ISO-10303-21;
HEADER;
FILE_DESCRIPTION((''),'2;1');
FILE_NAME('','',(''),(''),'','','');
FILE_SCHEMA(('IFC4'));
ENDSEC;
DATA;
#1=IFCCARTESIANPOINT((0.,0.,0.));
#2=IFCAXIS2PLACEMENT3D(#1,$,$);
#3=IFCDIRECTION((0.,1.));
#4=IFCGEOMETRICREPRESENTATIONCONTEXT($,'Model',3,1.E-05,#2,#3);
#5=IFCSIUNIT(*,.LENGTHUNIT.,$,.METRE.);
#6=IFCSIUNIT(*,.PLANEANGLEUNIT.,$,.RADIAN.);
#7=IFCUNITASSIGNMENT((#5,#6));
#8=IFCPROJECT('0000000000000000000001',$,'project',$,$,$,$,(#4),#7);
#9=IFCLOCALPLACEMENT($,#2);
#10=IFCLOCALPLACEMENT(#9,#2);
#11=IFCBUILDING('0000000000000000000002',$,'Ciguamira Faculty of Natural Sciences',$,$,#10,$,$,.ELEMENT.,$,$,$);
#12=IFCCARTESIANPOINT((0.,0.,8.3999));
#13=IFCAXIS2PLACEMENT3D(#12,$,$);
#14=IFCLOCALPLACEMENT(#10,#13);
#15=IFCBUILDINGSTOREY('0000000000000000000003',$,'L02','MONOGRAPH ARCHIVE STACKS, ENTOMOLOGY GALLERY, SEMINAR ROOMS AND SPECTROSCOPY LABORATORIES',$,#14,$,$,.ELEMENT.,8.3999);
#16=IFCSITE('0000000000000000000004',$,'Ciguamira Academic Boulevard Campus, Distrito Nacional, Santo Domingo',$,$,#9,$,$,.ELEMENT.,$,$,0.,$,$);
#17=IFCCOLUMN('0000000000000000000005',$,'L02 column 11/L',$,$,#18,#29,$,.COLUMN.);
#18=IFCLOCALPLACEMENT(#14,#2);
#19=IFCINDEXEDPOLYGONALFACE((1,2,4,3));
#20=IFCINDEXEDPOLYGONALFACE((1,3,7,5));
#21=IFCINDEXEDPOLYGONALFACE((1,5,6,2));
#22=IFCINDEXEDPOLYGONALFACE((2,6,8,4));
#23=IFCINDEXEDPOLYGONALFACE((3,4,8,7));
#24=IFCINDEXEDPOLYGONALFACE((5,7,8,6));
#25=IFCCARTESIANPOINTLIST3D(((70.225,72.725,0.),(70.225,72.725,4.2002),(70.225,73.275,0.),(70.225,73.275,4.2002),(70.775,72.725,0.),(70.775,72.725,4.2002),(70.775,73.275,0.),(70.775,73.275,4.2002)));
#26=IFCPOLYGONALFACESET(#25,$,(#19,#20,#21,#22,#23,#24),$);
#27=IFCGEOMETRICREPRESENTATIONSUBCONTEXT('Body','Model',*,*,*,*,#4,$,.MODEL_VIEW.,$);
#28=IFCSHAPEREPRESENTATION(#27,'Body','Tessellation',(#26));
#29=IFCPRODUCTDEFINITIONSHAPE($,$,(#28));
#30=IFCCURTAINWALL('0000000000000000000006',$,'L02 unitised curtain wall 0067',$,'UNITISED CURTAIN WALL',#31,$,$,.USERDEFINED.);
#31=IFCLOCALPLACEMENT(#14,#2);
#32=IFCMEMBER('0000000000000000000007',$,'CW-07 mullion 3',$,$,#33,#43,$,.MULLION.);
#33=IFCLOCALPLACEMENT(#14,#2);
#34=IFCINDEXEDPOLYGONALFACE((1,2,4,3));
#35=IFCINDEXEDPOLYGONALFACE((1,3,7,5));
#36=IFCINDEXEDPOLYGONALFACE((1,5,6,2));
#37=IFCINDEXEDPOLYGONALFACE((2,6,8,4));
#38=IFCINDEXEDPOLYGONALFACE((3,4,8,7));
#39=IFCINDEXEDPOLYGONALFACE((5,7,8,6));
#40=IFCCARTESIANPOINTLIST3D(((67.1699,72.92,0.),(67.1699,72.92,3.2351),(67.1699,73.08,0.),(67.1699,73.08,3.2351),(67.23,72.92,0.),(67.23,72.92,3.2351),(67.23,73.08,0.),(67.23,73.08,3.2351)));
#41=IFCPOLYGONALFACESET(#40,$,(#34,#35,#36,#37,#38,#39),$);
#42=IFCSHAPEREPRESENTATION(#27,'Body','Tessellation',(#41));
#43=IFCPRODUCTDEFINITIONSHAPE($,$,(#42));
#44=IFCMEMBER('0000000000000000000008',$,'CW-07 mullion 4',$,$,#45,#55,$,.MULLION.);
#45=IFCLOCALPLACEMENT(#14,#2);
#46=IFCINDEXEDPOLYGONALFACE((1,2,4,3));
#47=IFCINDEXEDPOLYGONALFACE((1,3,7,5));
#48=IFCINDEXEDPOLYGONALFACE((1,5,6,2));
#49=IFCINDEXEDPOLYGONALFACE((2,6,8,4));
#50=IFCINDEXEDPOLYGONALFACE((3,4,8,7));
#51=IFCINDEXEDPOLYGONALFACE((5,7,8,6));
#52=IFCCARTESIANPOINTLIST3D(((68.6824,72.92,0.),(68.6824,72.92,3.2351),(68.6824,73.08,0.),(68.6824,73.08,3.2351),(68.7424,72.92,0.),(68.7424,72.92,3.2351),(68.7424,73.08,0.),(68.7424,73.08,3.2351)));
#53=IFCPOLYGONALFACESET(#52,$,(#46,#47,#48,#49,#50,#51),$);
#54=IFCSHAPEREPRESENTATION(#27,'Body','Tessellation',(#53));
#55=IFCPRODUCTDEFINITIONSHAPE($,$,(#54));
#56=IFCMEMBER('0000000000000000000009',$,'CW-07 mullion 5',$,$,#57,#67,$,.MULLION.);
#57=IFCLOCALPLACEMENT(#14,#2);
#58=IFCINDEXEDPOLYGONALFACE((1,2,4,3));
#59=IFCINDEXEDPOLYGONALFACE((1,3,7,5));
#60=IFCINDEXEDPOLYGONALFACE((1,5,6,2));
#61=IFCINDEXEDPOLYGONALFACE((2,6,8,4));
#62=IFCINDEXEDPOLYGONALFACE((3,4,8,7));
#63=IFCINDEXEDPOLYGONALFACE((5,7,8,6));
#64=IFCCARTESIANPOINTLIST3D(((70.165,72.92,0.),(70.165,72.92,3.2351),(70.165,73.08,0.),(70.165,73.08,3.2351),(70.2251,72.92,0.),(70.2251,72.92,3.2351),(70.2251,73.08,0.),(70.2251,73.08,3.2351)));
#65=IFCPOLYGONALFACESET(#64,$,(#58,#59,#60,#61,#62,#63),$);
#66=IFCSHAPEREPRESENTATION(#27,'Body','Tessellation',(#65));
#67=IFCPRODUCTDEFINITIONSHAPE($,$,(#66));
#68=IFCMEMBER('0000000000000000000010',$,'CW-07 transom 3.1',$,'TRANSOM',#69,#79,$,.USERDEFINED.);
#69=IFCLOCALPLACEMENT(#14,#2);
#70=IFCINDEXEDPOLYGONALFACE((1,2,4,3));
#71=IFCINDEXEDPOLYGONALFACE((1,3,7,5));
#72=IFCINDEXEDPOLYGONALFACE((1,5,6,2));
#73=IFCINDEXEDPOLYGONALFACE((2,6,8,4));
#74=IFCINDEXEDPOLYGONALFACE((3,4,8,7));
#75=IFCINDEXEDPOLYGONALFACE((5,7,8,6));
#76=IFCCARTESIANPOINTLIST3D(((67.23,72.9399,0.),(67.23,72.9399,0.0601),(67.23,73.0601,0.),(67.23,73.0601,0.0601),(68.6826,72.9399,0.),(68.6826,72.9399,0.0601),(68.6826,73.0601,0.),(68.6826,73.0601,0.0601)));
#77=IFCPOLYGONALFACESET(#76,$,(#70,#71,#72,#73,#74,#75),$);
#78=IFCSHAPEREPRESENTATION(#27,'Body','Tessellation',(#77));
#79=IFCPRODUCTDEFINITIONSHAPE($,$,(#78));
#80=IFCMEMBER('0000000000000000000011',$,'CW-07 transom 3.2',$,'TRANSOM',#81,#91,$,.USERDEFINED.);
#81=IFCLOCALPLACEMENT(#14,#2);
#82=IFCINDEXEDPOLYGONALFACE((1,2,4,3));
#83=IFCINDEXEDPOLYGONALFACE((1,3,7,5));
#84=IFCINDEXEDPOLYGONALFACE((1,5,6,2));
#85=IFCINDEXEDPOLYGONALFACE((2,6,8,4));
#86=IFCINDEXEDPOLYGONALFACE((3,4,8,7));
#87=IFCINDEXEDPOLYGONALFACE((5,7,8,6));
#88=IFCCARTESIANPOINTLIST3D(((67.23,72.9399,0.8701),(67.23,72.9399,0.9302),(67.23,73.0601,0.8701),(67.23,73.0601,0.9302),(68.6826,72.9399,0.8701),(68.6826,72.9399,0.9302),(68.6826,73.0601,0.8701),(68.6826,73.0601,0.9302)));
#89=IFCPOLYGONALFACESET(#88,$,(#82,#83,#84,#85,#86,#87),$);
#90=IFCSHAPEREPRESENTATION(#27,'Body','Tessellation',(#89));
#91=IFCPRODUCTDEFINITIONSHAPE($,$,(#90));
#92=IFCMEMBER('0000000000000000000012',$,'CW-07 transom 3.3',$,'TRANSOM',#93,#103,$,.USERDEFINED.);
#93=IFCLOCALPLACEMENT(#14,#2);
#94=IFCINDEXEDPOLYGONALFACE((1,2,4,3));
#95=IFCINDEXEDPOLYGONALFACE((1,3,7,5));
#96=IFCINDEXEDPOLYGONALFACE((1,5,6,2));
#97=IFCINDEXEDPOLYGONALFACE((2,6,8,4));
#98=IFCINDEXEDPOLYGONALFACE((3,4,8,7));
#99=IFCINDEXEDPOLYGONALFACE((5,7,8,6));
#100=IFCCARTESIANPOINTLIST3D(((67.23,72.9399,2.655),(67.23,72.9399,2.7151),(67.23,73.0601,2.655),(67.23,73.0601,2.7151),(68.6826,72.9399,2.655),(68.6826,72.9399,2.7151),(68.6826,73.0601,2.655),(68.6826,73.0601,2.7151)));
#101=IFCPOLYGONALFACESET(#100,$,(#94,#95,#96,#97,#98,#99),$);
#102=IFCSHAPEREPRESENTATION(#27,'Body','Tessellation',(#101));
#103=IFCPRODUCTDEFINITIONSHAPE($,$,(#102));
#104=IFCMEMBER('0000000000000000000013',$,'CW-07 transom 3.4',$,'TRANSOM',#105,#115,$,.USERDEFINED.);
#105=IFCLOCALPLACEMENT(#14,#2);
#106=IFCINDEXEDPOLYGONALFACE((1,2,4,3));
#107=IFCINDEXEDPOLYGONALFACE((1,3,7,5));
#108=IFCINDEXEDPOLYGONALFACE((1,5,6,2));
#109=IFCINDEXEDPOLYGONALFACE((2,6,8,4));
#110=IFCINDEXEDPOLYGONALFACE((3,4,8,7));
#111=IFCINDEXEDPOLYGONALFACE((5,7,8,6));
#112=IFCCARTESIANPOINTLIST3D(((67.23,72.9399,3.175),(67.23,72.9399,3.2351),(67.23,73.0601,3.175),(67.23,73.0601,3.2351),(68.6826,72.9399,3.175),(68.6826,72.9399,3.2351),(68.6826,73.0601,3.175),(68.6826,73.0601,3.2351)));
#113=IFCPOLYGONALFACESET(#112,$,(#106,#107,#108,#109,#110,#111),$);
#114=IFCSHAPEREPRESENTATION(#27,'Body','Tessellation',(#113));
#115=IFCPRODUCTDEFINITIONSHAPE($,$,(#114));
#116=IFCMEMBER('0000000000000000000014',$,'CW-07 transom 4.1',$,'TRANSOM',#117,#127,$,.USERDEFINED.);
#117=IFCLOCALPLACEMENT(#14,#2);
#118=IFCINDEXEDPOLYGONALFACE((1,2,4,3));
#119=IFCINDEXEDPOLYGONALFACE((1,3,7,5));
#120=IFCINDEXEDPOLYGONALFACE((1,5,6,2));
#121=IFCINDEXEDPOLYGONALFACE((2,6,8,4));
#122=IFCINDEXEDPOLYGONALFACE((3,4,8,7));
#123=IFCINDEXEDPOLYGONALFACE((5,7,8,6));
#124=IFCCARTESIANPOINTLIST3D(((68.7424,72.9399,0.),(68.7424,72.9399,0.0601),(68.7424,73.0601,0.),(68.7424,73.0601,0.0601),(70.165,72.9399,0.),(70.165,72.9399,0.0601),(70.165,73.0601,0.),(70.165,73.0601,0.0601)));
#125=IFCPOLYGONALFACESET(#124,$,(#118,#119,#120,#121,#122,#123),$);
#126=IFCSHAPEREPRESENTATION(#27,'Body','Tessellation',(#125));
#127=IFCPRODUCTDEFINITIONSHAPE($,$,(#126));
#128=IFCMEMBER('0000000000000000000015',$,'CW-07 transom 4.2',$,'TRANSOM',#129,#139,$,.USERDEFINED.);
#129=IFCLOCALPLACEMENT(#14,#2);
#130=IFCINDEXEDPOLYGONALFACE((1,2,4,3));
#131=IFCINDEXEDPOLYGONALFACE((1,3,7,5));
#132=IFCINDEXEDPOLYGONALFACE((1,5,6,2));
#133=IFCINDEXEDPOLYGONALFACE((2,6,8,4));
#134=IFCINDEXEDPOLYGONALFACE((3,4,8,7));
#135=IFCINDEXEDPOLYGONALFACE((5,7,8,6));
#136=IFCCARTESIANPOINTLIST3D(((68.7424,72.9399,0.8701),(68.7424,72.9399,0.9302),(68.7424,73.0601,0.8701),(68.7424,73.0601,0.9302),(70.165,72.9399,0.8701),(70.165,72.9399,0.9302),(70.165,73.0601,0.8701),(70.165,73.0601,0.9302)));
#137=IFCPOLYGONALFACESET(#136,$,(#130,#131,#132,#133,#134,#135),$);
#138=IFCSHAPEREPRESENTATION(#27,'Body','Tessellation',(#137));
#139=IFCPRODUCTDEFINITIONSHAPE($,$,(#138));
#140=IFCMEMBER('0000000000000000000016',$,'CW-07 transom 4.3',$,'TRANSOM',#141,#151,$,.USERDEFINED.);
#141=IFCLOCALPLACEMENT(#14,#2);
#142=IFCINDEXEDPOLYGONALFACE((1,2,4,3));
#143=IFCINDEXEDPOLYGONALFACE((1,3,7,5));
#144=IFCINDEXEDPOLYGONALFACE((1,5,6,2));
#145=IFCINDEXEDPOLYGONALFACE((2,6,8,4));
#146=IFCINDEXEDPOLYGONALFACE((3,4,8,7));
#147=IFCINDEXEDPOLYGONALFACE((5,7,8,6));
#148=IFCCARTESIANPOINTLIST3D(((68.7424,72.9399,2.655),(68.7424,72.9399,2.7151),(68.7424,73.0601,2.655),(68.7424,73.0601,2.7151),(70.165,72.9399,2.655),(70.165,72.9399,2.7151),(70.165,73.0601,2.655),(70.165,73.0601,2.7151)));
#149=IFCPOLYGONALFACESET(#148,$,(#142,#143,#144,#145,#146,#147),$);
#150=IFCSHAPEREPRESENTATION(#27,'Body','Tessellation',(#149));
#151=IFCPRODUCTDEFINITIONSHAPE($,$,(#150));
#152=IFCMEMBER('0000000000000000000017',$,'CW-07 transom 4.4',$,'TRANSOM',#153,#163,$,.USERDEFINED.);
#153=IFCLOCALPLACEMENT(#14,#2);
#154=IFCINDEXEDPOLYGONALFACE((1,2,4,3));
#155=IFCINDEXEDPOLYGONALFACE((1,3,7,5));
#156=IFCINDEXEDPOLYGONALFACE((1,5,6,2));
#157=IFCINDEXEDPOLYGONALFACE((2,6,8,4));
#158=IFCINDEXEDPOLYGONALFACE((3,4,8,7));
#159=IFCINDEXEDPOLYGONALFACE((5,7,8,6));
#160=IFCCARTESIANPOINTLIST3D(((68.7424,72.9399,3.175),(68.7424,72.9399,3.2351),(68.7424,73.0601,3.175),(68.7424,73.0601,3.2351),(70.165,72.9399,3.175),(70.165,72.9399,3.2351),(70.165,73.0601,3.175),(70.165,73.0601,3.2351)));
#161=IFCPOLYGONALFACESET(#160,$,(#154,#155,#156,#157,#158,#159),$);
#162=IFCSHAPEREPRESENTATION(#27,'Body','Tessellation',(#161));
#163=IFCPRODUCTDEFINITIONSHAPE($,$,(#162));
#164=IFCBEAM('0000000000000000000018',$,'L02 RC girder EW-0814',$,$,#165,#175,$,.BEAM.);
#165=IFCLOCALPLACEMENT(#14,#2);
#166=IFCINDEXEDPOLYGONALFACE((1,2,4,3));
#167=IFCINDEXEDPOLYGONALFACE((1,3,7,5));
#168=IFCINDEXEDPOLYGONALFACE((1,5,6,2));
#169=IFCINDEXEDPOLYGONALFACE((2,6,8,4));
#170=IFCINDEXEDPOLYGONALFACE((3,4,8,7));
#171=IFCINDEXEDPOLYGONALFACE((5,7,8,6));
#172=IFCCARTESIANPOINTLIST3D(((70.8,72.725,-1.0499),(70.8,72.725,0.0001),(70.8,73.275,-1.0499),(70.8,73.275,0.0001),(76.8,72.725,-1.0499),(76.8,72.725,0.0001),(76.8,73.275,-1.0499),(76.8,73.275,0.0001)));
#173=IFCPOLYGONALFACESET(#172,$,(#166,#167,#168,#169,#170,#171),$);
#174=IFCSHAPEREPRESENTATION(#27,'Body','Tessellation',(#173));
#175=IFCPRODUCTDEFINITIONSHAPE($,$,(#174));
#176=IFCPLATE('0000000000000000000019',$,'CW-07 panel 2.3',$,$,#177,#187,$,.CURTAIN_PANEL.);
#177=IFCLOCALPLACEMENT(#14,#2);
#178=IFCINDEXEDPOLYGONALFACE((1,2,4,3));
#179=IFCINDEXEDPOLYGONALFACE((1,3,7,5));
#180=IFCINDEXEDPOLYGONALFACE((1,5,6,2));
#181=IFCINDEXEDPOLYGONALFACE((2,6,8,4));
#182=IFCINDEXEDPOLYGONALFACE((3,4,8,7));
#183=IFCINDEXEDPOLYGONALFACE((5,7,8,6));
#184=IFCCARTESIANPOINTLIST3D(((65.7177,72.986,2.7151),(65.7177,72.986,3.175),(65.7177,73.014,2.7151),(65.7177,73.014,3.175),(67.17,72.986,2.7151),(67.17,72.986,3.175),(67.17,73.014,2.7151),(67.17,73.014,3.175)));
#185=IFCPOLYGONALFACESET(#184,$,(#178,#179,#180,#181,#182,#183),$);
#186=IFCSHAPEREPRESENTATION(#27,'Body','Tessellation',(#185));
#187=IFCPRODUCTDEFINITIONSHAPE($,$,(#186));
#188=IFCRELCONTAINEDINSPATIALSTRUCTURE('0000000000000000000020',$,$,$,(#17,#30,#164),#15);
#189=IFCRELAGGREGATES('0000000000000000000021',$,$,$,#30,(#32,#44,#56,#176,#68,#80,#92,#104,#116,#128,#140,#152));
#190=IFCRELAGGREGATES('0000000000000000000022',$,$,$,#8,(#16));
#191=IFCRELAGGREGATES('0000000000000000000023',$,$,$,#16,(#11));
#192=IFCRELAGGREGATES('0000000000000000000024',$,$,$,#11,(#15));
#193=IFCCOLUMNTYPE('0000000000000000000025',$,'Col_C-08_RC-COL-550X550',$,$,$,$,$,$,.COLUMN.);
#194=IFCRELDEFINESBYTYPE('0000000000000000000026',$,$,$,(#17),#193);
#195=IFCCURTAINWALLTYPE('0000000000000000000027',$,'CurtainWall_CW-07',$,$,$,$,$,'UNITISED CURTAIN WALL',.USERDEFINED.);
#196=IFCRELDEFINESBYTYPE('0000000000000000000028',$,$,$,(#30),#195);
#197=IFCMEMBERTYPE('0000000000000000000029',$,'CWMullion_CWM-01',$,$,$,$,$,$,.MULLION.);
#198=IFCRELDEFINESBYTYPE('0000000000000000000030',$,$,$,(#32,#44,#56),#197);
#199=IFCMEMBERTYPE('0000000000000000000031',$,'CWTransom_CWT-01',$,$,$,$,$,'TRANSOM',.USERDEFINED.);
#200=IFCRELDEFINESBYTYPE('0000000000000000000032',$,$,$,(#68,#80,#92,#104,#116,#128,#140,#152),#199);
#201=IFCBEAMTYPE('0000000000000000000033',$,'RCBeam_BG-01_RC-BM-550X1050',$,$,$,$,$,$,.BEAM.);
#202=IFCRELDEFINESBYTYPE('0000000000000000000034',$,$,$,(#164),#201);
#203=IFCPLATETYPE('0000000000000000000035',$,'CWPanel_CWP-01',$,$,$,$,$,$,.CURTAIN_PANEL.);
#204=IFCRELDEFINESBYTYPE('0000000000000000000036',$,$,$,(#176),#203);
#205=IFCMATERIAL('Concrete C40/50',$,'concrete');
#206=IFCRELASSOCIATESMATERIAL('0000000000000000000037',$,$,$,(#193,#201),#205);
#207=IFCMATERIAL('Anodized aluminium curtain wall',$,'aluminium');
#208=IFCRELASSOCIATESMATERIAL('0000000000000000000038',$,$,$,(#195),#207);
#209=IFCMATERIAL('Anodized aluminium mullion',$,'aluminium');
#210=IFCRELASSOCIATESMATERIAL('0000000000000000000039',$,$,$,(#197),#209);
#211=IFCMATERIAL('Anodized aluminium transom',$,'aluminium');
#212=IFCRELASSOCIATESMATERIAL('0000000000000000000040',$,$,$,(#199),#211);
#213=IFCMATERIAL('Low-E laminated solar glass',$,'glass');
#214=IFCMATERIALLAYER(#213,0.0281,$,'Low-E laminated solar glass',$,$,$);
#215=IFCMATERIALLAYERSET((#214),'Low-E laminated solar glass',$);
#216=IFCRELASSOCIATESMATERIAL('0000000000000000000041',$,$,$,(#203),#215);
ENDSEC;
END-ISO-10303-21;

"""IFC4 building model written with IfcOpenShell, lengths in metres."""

from ifc_helpers import new_model, si_unit, direction, frame, origin, origin_2d, place, context, subcontext, project, spatial, rectangle, extrude, material, layer, layer_set, material_profile, profile_set, type_object, element, aggregate, save


model = new_model("IFC4")

# Units and contexts
model_context = context("Model", 3, precision=1e-05, world=origin(), true_north=direction((0.0, 1.0)))
body_context = subcontext(model_context, "Body", "Model", "MODEL_VIEW")
ifc_project = project(units=[si_unit("LENGTHUNIT", "METRE"), si_unit("PLANEANGLEUNIT", "RADIAN")], contexts=[model_context])

# Site, building, storey
site_placement = place(None, origin())
site = spatial("IfcSite", under=ifc_project, at=site_placement, Name="Ciguamira Academic Boulevard Campus, Distrito Nacional, Santo Domingo", CompositionType="ELEMENT", RefElevation=0.0)
building_placement = place(site_placement, origin())
building = spatial("IfcBuilding", under=site, at=building_placement, Name="Ciguamira Faculty of Natural Sciences", CompositionType="ELEMENT")
storey_placement = place(building_placement, frame((0.0, 0.0, 8.3999)))
storey = spatial("IfcBuildingStorey", under=building, at=storey_placement, Name="L02", Description="MONOGRAPH ARCHIVE STACKS, ENTOMOLOGY GALLERY, SEMINAR ROOMS AND SPECTROSCOPY LABORATORIES", CompositionType="ELEMENT", Elevation=8.3999)

# Column
ifc_material_1 = material(Name="Concrete C40/50", Category="concrete")
ifc_material_profile_1 = material_profile(ifc_material_1, rectangle(XDim=0.55, YDim=0.55, at=origin_2d()), Name="RC-COL-550X550")
ifc_profile_set_1 = profile_set([ifc_material_profile_1], Name="Concrete C40/50")
column_type = type_object("IfcColumnType", Name="Col_C-08_RC-COL-550X550", PredefinedType="COLUMN", material=ifc_profile_set_1)
column_placement = place(storey_placement, frame((70.5, 73.0, 0.0), z_axis=(0.0, 0.0, 1.0), x_axis=(1.0, 0.0, 0.0)))
element("IfcColumn", 1, at=column_placement, inside=storey, type_object=column_type, Name="L02 column 11/L", PredefinedType="COLUMN", context=body_context, shape_type="SweptSolid", body=[
    extrude(rectangle(XDim=0.55, YDim=0.55, at=origin_2d()), origin(), (0.0, 0.0, 1.0), 4.2002),
])

# Curtain wall, members
ifc_material_2 = material(Name="Anodized aluminium curtain wall", Category="aluminium")
curtain_wall_type = type_object("IfcCurtainWallType", Name="CurtainWall_CW-07", ElementType="UNITISED CURTAIN WALL", PredefinedType="USERDEFINED", material=ifc_material_2)
curtain_wall_placement = place(storey_placement, origin())
curtain_wall = element("IfcCurtainWall", 2, at=curtain_wall_placement, inside=storey, type_object=curtain_wall_type, Name="L02 unitised curtain wall 0067", ObjectType="UNITISED CURTAIN WALL", PredefinedType="USERDEFINED")
ifc_material_3 = material(Name="Anodized aluminium mullion", Category="aluminium")
ifc_material_profile_2 = material_profile(ifc_material_3, rectangle(XDim=0.0601, YDim=0.1599, at=origin_2d()), Name="ALU-MUL-60X160")
ifc_profile_set_2 = profile_set([ifc_material_profile_2], Name="Anodized aluminium mullion")
member_type_1 = type_object("IfcMemberType", Name="CWMullion_CWM-01", PredefinedType="MULLION", material=ifc_profile_set_2)
member_1_placement = place(storey_placement, frame((67.2, 73.0, 0.0), z_axis=(0.0, 0.0, 1.0), x_axis=(1.0, 0.0, 0.0)))
member_1 = element("IfcMember", 3, at=member_1_placement, type_object=member_type_1, Name="CW-07 mullion 3", PredefinedType="MULLION", context=body_context, shape_type="SweptSolid", body=[
    extrude(rectangle(XDim=0.0601, YDim=0.1599, at=origin_2d()), origin(), (0.0, 0.0, 1.0), 3.2351),
])
member_2_placement = place(storey_placement, frame((68.7124, 73.0, 0.0), z_axis=(0.0, 0.0, 1.0), x_axis=(1.0, 0.0, 0.0)))
member_2 = element("IfcMember", 4, at=member_2_placement, type_object=member_type_1, Name="CW-07 mullion 4", PredefinedType="MULLION", context=body_context, shape_type="SweptSolid", body=[
    extrude(rectangle(XDim=0.0601, YDim=0.1599, at=origin_2d()), origin(), (0.0, 0.0, 1.0), 3.2351),
])
member_3_placement = place(storey_placement, frame((70.1951, 73.0, 0.0), z_axis=(0.0, 0.0, 1.0), x_axis=(1.0, 0.0, 0.0)))
member_3 = element("IfcMember", 5, at=member_3_placement, type_object=member_type_1, Name="CW-07 mullion 5", PredefinedType="MULLION", context=body_context, shape_type="SweptSolid", body=[
    extrude(rectangle(XDim=0.0601, YDim=0.1599, at=origin_2d()), origin(), (0.0, 0.0, 1.0), 3.2351),
])
ifc_material_4 = material(Name="Anodized aluminium transom", Category="aluminium")
ifc_material_profile_3 = material_profile(ifc_material_4, rectangle(XDim=0.0601, YDim=0.1201, at=origin_2d()), Name="ALU-TRN-60X120")
ifc_profile_set_3 = profile_set([ifc_material_profile_3], Name="Anodized aluminium transom")
member_type_2 = type_object("IfcMemberType", Name="CWTransom_CWT-01", ElementType="TRANSOM", PredefinedType="USERDEFINED", material=ifc_profile_set_3)
member_4_placement = place(storey_placement, frame((67.23, 73.0, 0.03), z_axis=(1.0, 0.0, 0.0), x_axis=(0.0, 0.0, 1.0)))
member_4 = element("IfcMember", 6, at=member_4_placement, type_object=member_type_2, Name="CW-07 transom 3.1", ObjectType="TRANSOM", PredefinedType="USERDEFINED", context=body_context, shape_type="SweptSolid", body=[
    extrude(rectangle(XDim=0.0601, YDim=0.1201, at=origin_2d()), origin(), (0.0, 0.0, 1.0), 1.4526),
])
member_5_placement = place(storey_placement, frame((67.23, 73.0, 0.9001), z_axis=(1.0, 0.0, 0.0), x_axis=(0.0, 0.0, 1.0)))
member_5 = element("IfcMember", 7, at=member_5_placement, type_object=member_type_2, Name="CW-07 transom 3.2", ObjectType="TRANSOM", PredefinedType="USERDEFINED", context=body_context, shape_type="SweptSolid", body=[
    extrude(rectangle(XDim=0.0601, YDim=0.1201, at=origin_2d()), origin(), (0.0, 0.0, 1.0), 1.4526),
])
member_6_placement = place(storey_placement, frame((67.23, 73.0, 2.6851), z_axis=(1.0, 0.0, 0.0), x_axis=(0.0, 0.0, 1.0)))
member_6 = element("IfcMember", 8, at=member_6_placement, type_object=member_type_2, Name="CW-07 transom 3.3", ObjectType="TRANSOM", PredefinedType="USERDEFINED", context=body_context, shape_type="SweptSolid", body=[
    extrude(rectangle(XDim=0.0601, YDim=0.1201, at=origin_2d()), origin(), (0.0, 0.0, 1.0), 1.4526),
])
member_7_placement = place(storey_placement, frame((67.23, 73.0, 3.2051), z_axis=(1.0, 0.0, 0.0), x_axis=(0.0, 0.0, 1.0)))
member_7 = element("IfcMember", 9, at=member_7_placement, type_object=member_type_2, Name="CW-07 transom 3.4", ObjectType="TRANSOM", PredefinedType="USERDEFINED", context=body_context, shape_type="SweptSolid", body=[
    extrude(rectangle(XDim=0.0601, YDim=0.1201, at=origin_2d()), origin(), (0.0, 0.0, 1.0), 1.4526),
])
member_8_placement = place(storey_placement, frame((68.7424, 73.0, 0.03), z_axis=(1.0, 0.0, 0.0), x_axis=(0.0, 0.0, 1.0)))
member_8 = element("IfcMember", 10, at=member_8_placement, type_object=member_type_2, Name="CW-07 transom 4.1", ObjectType="TRANSOM", PredefinedType="USERDEFINED", context=body_context, shape_type="SweptSolid", body=[
    extrude(rectangle(XDim=0.0601, YDim=0.1201, at=origin_2d()), origin(), (0.0, 0.0, 1.0), 1.4226),
])
member_9_placement = place(storey_placement, frame((68.7424, 73.0, 0.9001), z_axis=(1.0, 0.0, 0.0), x_axis=(0.0, 0.0, 1.0)))
member_9 = element("IfcMember", 11, at=member_9_placement, type_object=member_type_2, Name="CW-07 transom 4.2", ObjectType="TRANSOM", PredefinedType="USERDEFINED", context=body_context, shape_type="SweptSolid", body=[
    extrude(rectangle(XDim=0.0601, YDim=0.1201, at=origin_2d()), origin(), (0.0, 0.0, 1.0), 1.4226),
])
member_10_placement = place(storey_placement, frame((68.7424, 73.0, 2.6851), z_axis=(1.0, 0.0, 0.0), x_axis=(0.0, 0.0, 1.0)))
member_10 = element("IfcMember", 12, at=member_10_placement, type_object=member_type_2, Name="CW-07 transom 4.3", ObjectType="TRANSOM", PredefinedType="USERDEFINED", context=body_context, shape_type="SweptSolid", body=[
    extrude(rectangle(XDim=0.0601, YDim=0.1201, at=origin_2d()), origin(), (0.0, 0.0, 1.0), 1.4226),
])
member_11_placement = place(storey_placement, frame((68.7424, 73.0, 3.2051), z_axis=(1.0, 0.0, 0.0), x_axis=(0.0, 0.0, 1.0)))
member_11 = element("IfcMember", 13, at=member_11_placement, type_object=member_type_2, Name="CW-07 transom 4.4", ObjectType="TRANSOM", PredefinedType="USERDEFINED", context=body_context, shape_type="SweptSolid", body=[
    extrude(rectangle(XDim=0.0601, YDim=0.1201, at=origin_2d()), origin(), (0.0, 0.0, 1.0), 1.4226),
])

# Beam
ifc_material_profile_4 = material_profile(ifc_material_1, rectangle(XDim=0.55, YDim=1.05, at=origin_2d()), Name="RC-BM-550X1050")
ifc_profile_set_4 = profile_set([ifc_material_profile_4], Name="Concrete C40/50")
beam_type = type_object("IfcBeamType", Name="RCBeam_BG-01_RC-BM-550X1050", PredefinedType="BEAM", material=ifc_profile_set_4)
beam_placement = place(storey_placement, frame((70.8, 73.0, -0.5249), z_axis=(1.0, 0.0, 0.0), x_axis=(0.0, 1.0, 0.0)))
element("IfcBeam", 14, at=beam_placement, inside=storey, type_object=beam_type, Name="L02 RC girder EW-0814", PredefinedType="BEAM", context=body_context, shape_type="SweptSolid", body=[
    extrude(rectangle(XDim=0.55, YDim=1.05, at=origin_2d()), origin(), (0.0, 0.0, 1.0), 6.0),
])

# Plate
ifc_material_5 = material(Name="Low-E laminated solar glass", Category="glass")
ifc_layer_1 = layer(ifc_material_5, 0.0281, Name="Low-E laminated solar glass")
ifc_layer_set_1 = layer_set([ifc_layer_1], Name="Low-E laminated solar glass")
plate_type = type_object("IfcPlateType", Name="CWPanel_CWP-01", PredefinedType="CURTAIN_PANEL", material=ifc_layer_set_1)
plate_1_placement = place(storey_placement, frame((66.4438, 73.0, 2.7151), z_axis=(0.0, 0.0, 1.0), x_axis=(1.0, 0.0, 0.0)))
plate_1 = element("IfcPlate", 15, at=plate_1_placement, type_object=plate_type, Name="CW-07 panel 2.3", PredefinedType="CURTAIN_PANEL", context=body_context, shape_type="SweptSolid", body=[
    extrude(rectangle(XDim=1.4524, YDim=0.0281, at=origin_2d()), origin(), (0.0, 0.0, 1.0), 0.46),
])
aggregate(curtain_wall, [member_1, member_2, member_3, plate_1, member_4, member_5, member_6, member_7, member_8, member_9, member_10, member_11])

save(model, "model.ifc")
